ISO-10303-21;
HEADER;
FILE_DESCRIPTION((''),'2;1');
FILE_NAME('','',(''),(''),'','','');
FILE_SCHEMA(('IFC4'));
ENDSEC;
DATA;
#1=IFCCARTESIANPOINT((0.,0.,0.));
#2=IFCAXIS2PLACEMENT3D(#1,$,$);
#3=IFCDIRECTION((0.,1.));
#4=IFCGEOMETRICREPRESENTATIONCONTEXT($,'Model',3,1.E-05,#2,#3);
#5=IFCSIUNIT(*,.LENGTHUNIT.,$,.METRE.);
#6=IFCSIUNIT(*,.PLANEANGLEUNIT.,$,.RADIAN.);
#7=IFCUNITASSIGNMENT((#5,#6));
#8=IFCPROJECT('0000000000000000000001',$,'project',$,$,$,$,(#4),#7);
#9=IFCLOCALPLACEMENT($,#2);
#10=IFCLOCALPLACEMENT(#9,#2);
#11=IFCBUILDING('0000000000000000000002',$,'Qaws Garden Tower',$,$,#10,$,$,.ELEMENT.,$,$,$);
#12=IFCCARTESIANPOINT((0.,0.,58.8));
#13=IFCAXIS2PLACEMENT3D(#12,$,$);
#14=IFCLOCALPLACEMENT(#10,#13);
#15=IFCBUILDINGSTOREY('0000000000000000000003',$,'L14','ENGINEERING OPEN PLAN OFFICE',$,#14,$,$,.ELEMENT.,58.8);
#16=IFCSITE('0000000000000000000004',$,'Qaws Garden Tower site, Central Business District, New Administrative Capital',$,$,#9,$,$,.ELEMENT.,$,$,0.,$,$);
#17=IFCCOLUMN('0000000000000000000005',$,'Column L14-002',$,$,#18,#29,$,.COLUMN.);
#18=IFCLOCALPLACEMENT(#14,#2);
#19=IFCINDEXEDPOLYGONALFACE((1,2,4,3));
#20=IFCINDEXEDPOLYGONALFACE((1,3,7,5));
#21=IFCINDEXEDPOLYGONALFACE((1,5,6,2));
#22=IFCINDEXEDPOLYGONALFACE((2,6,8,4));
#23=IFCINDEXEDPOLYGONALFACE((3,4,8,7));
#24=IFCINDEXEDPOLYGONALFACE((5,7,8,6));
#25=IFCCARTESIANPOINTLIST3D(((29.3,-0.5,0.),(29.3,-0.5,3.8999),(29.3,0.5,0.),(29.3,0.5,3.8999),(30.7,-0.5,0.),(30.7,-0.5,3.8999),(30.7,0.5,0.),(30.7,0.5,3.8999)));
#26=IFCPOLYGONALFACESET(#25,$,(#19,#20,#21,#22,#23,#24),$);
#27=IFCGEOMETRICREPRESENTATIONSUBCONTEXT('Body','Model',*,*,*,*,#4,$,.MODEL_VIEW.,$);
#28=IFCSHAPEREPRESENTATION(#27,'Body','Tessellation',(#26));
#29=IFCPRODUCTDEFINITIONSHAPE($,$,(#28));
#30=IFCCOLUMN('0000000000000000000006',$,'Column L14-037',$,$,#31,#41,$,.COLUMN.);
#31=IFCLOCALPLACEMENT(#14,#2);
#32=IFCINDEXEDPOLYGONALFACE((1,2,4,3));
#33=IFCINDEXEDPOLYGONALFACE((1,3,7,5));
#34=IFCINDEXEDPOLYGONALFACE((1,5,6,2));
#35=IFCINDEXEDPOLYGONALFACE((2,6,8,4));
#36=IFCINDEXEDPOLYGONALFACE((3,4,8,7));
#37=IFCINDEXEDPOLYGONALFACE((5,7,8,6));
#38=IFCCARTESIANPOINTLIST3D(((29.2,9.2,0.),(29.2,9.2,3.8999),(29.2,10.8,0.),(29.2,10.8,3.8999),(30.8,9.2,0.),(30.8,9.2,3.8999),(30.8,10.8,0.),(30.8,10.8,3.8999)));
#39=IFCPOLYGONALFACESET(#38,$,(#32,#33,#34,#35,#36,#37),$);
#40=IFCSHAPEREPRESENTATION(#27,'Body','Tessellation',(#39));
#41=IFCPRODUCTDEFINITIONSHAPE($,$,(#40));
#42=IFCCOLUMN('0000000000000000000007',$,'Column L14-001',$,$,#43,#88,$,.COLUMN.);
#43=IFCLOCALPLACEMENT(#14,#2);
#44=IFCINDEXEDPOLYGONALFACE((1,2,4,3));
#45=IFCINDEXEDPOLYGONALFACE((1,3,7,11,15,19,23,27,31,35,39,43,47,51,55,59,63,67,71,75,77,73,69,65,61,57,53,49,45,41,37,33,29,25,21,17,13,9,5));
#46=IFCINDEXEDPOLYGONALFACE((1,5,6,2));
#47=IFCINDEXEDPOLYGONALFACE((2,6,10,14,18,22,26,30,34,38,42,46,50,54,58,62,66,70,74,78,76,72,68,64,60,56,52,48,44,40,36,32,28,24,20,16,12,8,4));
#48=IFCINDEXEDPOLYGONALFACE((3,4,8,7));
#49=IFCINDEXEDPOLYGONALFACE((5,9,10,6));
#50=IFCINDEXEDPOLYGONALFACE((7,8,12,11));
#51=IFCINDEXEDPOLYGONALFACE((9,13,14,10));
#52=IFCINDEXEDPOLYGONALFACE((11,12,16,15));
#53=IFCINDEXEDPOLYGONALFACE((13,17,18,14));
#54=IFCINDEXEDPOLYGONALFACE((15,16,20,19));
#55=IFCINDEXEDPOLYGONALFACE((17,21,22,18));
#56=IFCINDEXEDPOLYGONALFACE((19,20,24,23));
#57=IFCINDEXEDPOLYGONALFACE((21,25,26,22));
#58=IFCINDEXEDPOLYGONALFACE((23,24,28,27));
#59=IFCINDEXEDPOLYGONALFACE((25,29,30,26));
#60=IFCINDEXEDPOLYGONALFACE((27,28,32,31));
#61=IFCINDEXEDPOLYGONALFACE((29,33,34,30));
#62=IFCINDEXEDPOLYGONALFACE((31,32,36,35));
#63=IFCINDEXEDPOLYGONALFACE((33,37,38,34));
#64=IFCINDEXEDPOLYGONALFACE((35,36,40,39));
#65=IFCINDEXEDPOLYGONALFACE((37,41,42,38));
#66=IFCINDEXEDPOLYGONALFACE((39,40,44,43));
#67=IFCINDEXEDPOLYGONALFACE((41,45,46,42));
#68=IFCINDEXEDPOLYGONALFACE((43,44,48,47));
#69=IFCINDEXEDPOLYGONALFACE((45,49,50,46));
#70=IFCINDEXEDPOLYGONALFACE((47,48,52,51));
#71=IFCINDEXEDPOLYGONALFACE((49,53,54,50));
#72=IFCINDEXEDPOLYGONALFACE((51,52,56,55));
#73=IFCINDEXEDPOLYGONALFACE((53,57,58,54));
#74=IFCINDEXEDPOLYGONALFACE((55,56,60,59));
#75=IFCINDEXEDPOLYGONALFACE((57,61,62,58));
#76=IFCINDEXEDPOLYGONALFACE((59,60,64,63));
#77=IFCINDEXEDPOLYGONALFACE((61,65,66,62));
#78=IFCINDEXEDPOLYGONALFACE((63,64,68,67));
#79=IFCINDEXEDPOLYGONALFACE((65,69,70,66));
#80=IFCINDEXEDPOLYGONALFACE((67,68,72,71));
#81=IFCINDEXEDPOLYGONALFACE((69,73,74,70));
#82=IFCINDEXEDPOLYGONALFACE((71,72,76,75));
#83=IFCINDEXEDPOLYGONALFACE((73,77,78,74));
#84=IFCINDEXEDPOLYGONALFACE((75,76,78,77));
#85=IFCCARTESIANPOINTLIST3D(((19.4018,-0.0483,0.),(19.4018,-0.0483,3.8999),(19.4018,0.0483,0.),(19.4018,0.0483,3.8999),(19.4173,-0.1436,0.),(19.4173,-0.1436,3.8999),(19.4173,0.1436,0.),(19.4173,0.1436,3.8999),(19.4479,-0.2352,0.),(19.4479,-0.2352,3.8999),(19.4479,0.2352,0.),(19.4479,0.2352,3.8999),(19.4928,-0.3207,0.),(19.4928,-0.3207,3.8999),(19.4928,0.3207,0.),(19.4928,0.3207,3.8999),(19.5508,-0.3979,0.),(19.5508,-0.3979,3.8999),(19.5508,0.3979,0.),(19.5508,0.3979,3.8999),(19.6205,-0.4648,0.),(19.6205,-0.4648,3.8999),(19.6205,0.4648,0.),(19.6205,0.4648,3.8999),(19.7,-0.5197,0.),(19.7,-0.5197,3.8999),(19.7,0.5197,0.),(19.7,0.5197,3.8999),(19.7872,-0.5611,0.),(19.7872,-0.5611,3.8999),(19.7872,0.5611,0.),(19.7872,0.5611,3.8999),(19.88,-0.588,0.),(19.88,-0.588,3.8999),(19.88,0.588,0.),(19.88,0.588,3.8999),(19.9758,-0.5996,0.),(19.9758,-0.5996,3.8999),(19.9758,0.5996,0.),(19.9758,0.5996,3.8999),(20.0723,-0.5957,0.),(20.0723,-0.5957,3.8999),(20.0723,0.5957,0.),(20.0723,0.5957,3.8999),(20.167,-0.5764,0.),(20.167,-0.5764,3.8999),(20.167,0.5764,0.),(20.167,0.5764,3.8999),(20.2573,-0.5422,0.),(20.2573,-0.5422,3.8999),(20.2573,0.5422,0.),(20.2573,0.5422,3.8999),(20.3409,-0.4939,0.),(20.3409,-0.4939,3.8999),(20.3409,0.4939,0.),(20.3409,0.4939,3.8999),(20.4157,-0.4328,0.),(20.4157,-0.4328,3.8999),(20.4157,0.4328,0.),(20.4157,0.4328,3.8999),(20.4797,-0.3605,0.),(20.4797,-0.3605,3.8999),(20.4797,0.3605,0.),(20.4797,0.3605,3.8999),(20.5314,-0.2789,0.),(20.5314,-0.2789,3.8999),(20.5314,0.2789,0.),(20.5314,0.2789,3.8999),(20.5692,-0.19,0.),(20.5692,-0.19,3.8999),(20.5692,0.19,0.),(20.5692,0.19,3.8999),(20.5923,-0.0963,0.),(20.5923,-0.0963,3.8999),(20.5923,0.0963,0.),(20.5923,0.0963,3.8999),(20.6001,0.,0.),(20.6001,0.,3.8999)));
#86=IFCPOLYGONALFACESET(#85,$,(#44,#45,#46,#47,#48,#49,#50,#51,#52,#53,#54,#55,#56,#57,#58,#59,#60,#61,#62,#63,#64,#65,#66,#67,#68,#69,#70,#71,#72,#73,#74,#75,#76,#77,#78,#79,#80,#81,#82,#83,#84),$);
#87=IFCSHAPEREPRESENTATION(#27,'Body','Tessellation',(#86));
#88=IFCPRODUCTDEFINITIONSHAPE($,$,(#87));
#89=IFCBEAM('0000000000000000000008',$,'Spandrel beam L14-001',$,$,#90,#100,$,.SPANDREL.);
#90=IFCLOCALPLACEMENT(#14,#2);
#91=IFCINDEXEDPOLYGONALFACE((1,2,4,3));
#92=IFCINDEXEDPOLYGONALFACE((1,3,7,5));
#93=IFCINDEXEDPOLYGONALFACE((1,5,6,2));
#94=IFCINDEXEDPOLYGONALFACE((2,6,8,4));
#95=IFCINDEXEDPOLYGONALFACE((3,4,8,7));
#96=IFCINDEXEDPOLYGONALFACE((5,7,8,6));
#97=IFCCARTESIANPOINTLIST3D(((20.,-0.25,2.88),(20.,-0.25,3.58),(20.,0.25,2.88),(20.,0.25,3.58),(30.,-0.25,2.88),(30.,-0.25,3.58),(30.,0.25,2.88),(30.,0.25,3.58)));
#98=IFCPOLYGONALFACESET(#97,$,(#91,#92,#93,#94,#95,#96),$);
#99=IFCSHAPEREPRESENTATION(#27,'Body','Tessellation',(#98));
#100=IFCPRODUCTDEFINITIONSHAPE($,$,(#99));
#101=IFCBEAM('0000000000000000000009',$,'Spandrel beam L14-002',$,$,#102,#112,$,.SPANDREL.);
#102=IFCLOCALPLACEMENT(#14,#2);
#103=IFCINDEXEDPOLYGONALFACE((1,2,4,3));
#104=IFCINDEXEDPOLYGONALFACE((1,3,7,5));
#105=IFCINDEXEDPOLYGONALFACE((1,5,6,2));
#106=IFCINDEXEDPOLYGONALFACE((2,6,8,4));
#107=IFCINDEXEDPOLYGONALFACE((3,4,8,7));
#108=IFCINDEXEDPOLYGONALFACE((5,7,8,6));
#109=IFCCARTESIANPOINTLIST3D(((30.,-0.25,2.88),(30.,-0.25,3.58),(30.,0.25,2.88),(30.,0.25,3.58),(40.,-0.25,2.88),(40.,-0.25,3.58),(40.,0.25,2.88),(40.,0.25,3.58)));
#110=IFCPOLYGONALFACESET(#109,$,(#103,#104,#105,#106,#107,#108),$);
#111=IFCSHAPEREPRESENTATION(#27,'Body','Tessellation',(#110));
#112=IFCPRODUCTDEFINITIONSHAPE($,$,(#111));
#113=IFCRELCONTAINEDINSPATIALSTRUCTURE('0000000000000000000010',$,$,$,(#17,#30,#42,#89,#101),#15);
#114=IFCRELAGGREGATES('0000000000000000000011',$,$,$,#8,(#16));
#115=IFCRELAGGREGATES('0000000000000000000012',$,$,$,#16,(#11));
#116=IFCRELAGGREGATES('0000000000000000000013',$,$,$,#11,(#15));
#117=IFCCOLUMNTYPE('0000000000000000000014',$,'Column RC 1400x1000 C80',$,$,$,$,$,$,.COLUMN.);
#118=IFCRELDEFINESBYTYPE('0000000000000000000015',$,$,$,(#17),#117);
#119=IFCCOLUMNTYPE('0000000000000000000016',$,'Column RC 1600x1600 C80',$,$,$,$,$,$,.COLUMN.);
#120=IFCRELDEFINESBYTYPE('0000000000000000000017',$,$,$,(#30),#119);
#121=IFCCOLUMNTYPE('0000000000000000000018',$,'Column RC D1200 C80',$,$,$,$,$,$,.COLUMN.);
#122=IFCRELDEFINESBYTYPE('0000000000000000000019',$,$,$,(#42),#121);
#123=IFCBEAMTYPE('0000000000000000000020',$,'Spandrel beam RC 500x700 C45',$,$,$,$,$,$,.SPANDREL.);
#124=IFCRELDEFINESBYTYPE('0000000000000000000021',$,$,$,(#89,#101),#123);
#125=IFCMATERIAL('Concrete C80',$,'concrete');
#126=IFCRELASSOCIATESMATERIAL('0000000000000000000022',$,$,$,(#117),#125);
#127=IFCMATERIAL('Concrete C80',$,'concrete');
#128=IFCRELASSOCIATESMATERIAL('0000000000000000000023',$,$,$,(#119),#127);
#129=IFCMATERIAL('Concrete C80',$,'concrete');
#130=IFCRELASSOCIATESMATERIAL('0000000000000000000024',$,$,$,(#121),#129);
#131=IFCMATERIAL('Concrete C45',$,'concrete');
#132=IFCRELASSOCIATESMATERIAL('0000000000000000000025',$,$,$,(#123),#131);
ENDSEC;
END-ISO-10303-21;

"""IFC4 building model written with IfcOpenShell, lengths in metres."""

from ifc_helpers import new_model, si_unit, direction, frame, origin, origin_2d, place, context, subcontext, project, spatial, rectangle, circle, extrude, material, material_profile, profile_set, type_object, element, save


model = new_model("IFC4")

# Units and contexts
model_context = context("Model", 3, precision=1e-05, world=origin(), true_north=direction((0.0, 1.0)))
body_context = subcontext(model_context, "Body", "Model", "MODEL_VIEW")
ifc_project = project(units=[si_unit("LENGTHUNIT", "METRE"), si_unit("PLANEANGLEUNIT", "RADIAN")], contexts=[model_context])

# Site, building, storey
site_placement = place(None, origin())
site = spatial("IfcSite", under=ifc_project, at=site_placement, Name="Qaws Garden Tower site, Central Business District, New Administrative Capital", CompositionType="ELEMENT", RefElevation=0.0)
building_placement = place(site_placement, origin())
building = spatial("IfcBuilding", under=site, at=building_placement, Name="Qaws Garden Tower", CompositionType="ELEMENT")
storey_placement = place(building_placement, frame((0.0, 0.0, 58.8)))
storey = spatial("IfcBuildingStorey", under=building, at=storey_placement, Name="L14", Description="ENGINEERING OPEN PLAN OFFICE", CompositionType="ELEMENT", Elevation=58.8)

# Columns
ifc_material_1 = material(Name="Concrete C80", Category="concrete")
ifc_material_profile_1 = material_profile(ifc_material_1, rectangle(XDim=1.3999, YDim=1.0, at=origin_2d()), Name="RC 1400x1000")
ifc_profile_set_1 = profile_set([ifc_material_profile_1], Name="Concrete C80")
column_type_1 = type_object("IfcColumnType", Name="Column RC 1400x1000 C80", PredefinedType="COLUMN", material=ifc_profile_set_1)
column_1_placement = place(storey_placement, frame((30.0, 0.0, 0.0), z_axis=(0.0, 0.0, 1.0), x_axis=(1.0, 0.0, 0.0)))
element("IfcColumn", 1, at=column_1_placement, inside=storey, type_object=column_type_1, Name="Column L14-002", PredefinedType="COLUMN", context=body_context, shape_type="SweptSolid", body=[
    extrude(rectangle(XDim=1.3999, YDim=1.0, at=origin_2d()), origin(), (0.0, 0.0, 1.0), 3.8999),
])
ifc_material_2 = material(Name="Concrete C80", Category="concrete")
ifc_material_profile_2 = material_profile(ifc_material_2, rectangle(XDim=1.6001, YDim=1.6001, at=origin_2d()), Name="RC 1600x1600")
ifc_profile_set_2 = profile_set([ifc_material_profile_2], Name="Concrete C80")
column_type_2 = type_object("IfcColumnType", Name="Column RC 1600x1600 C80", PredefinedType="COLUMN", material=ifc_profile_set_2)
column_2_placement = place(storey_placement, frame((30.0, 10.0, 0.0), z_axis=(0.0, 0.0, 1.0), x_axis=(1.0, 0.0, 0.0)))
element("IfcColumn", 2, at=column_2_placement, inside=storey, type_object=column_type_2, Name="Column L14-037", PredefinedType="COLUMN", context=body_context, shape_type="SweptSolid", body=[
    extrude(rectangle(XDim=1.6001, YDim=1.6001, at=origin_2d()), origin(), (0.0, 0.0, 1.0), 3.8999),
])
ifc_material_3 = material(Name="Concrete C80", Category="concrete")
ifc_material_profile_3 = material_profile(ifc_material_3, circle(Radius=0.6001, at=origin_2d()), Name="RC D1200")
ifc_profile_set_3 = profile_set([ifc_material_profile_3], Name="Concrete C80")
column_type_3 = type_object("IfcColumnType", Name="Column RC D1200 C80", PredefinedType="COLUMN", material=ifc_profile_set_3)
column_3_placement = place(storey_placement, frame((20.0, 0.0, 0.0), z_axis=(0.0, 0.0, 1.0), x_axis=(1.0, 0.0, 0.0)))
element("IfcColumn", 3, at=column_3_placement, inside=storey, type_object=column_type_3, Name="Column L14-001", PredefinedType="COLUMN", context=body_context, shape_type="SweptSolid", body=[
    extrude(circle(Radius=0.6001, at=origin_2d()), origin(), (0.0, 0.0, 1.0), 3.8999),
])

# Beams
ifc_material_4 = material(Name="Concrete C45", Category="concrete")
ifc_material_profile_4 = material_profile(ifc_material_4, rectangle(XDim=0.5, YDim=0.7, at=origin_2d()), Name="RC 500x700")
ifc_profile_set_4 = profile_set([ifc_material_profile_4], Name="Concrete C45")
beam_type = type_object("IfcBeamType", Name="Spandrel beam RC 500x700 C45", PredefinedType="SPANDREL", material=ifc_profile_set_4)
for number, where, z_axis, x_axis, name in (
    (4, (20.0, 0.0, 3.23), (1.0, 0.0, 0.0), (0.0, 1.0, 0.0), "Spandrel beam L14-001"),
    (5, (30.0, 0.0, 3.23), (1.0, 0.0, 0.0), (0.0, 1.0, 0.0), "Spandrel beam L14-002"),
):
    element("IfcBeam", number, at=place(storey_placement, frame(where, z_axis=z_axis, x_axis=x_axis)), inside=storey, type_object=beam_type, Name=name, PredefinedType="SPANDREL", context=body_context, shape_type="SweptSolid", body=[
        extrude(rectangle(XDim=0.5, YDim=0.7, at=origin_2d()), origin(), (0.0, 0.0, 1.0), 10.0),
    ])

save(model, "model.ifc")
